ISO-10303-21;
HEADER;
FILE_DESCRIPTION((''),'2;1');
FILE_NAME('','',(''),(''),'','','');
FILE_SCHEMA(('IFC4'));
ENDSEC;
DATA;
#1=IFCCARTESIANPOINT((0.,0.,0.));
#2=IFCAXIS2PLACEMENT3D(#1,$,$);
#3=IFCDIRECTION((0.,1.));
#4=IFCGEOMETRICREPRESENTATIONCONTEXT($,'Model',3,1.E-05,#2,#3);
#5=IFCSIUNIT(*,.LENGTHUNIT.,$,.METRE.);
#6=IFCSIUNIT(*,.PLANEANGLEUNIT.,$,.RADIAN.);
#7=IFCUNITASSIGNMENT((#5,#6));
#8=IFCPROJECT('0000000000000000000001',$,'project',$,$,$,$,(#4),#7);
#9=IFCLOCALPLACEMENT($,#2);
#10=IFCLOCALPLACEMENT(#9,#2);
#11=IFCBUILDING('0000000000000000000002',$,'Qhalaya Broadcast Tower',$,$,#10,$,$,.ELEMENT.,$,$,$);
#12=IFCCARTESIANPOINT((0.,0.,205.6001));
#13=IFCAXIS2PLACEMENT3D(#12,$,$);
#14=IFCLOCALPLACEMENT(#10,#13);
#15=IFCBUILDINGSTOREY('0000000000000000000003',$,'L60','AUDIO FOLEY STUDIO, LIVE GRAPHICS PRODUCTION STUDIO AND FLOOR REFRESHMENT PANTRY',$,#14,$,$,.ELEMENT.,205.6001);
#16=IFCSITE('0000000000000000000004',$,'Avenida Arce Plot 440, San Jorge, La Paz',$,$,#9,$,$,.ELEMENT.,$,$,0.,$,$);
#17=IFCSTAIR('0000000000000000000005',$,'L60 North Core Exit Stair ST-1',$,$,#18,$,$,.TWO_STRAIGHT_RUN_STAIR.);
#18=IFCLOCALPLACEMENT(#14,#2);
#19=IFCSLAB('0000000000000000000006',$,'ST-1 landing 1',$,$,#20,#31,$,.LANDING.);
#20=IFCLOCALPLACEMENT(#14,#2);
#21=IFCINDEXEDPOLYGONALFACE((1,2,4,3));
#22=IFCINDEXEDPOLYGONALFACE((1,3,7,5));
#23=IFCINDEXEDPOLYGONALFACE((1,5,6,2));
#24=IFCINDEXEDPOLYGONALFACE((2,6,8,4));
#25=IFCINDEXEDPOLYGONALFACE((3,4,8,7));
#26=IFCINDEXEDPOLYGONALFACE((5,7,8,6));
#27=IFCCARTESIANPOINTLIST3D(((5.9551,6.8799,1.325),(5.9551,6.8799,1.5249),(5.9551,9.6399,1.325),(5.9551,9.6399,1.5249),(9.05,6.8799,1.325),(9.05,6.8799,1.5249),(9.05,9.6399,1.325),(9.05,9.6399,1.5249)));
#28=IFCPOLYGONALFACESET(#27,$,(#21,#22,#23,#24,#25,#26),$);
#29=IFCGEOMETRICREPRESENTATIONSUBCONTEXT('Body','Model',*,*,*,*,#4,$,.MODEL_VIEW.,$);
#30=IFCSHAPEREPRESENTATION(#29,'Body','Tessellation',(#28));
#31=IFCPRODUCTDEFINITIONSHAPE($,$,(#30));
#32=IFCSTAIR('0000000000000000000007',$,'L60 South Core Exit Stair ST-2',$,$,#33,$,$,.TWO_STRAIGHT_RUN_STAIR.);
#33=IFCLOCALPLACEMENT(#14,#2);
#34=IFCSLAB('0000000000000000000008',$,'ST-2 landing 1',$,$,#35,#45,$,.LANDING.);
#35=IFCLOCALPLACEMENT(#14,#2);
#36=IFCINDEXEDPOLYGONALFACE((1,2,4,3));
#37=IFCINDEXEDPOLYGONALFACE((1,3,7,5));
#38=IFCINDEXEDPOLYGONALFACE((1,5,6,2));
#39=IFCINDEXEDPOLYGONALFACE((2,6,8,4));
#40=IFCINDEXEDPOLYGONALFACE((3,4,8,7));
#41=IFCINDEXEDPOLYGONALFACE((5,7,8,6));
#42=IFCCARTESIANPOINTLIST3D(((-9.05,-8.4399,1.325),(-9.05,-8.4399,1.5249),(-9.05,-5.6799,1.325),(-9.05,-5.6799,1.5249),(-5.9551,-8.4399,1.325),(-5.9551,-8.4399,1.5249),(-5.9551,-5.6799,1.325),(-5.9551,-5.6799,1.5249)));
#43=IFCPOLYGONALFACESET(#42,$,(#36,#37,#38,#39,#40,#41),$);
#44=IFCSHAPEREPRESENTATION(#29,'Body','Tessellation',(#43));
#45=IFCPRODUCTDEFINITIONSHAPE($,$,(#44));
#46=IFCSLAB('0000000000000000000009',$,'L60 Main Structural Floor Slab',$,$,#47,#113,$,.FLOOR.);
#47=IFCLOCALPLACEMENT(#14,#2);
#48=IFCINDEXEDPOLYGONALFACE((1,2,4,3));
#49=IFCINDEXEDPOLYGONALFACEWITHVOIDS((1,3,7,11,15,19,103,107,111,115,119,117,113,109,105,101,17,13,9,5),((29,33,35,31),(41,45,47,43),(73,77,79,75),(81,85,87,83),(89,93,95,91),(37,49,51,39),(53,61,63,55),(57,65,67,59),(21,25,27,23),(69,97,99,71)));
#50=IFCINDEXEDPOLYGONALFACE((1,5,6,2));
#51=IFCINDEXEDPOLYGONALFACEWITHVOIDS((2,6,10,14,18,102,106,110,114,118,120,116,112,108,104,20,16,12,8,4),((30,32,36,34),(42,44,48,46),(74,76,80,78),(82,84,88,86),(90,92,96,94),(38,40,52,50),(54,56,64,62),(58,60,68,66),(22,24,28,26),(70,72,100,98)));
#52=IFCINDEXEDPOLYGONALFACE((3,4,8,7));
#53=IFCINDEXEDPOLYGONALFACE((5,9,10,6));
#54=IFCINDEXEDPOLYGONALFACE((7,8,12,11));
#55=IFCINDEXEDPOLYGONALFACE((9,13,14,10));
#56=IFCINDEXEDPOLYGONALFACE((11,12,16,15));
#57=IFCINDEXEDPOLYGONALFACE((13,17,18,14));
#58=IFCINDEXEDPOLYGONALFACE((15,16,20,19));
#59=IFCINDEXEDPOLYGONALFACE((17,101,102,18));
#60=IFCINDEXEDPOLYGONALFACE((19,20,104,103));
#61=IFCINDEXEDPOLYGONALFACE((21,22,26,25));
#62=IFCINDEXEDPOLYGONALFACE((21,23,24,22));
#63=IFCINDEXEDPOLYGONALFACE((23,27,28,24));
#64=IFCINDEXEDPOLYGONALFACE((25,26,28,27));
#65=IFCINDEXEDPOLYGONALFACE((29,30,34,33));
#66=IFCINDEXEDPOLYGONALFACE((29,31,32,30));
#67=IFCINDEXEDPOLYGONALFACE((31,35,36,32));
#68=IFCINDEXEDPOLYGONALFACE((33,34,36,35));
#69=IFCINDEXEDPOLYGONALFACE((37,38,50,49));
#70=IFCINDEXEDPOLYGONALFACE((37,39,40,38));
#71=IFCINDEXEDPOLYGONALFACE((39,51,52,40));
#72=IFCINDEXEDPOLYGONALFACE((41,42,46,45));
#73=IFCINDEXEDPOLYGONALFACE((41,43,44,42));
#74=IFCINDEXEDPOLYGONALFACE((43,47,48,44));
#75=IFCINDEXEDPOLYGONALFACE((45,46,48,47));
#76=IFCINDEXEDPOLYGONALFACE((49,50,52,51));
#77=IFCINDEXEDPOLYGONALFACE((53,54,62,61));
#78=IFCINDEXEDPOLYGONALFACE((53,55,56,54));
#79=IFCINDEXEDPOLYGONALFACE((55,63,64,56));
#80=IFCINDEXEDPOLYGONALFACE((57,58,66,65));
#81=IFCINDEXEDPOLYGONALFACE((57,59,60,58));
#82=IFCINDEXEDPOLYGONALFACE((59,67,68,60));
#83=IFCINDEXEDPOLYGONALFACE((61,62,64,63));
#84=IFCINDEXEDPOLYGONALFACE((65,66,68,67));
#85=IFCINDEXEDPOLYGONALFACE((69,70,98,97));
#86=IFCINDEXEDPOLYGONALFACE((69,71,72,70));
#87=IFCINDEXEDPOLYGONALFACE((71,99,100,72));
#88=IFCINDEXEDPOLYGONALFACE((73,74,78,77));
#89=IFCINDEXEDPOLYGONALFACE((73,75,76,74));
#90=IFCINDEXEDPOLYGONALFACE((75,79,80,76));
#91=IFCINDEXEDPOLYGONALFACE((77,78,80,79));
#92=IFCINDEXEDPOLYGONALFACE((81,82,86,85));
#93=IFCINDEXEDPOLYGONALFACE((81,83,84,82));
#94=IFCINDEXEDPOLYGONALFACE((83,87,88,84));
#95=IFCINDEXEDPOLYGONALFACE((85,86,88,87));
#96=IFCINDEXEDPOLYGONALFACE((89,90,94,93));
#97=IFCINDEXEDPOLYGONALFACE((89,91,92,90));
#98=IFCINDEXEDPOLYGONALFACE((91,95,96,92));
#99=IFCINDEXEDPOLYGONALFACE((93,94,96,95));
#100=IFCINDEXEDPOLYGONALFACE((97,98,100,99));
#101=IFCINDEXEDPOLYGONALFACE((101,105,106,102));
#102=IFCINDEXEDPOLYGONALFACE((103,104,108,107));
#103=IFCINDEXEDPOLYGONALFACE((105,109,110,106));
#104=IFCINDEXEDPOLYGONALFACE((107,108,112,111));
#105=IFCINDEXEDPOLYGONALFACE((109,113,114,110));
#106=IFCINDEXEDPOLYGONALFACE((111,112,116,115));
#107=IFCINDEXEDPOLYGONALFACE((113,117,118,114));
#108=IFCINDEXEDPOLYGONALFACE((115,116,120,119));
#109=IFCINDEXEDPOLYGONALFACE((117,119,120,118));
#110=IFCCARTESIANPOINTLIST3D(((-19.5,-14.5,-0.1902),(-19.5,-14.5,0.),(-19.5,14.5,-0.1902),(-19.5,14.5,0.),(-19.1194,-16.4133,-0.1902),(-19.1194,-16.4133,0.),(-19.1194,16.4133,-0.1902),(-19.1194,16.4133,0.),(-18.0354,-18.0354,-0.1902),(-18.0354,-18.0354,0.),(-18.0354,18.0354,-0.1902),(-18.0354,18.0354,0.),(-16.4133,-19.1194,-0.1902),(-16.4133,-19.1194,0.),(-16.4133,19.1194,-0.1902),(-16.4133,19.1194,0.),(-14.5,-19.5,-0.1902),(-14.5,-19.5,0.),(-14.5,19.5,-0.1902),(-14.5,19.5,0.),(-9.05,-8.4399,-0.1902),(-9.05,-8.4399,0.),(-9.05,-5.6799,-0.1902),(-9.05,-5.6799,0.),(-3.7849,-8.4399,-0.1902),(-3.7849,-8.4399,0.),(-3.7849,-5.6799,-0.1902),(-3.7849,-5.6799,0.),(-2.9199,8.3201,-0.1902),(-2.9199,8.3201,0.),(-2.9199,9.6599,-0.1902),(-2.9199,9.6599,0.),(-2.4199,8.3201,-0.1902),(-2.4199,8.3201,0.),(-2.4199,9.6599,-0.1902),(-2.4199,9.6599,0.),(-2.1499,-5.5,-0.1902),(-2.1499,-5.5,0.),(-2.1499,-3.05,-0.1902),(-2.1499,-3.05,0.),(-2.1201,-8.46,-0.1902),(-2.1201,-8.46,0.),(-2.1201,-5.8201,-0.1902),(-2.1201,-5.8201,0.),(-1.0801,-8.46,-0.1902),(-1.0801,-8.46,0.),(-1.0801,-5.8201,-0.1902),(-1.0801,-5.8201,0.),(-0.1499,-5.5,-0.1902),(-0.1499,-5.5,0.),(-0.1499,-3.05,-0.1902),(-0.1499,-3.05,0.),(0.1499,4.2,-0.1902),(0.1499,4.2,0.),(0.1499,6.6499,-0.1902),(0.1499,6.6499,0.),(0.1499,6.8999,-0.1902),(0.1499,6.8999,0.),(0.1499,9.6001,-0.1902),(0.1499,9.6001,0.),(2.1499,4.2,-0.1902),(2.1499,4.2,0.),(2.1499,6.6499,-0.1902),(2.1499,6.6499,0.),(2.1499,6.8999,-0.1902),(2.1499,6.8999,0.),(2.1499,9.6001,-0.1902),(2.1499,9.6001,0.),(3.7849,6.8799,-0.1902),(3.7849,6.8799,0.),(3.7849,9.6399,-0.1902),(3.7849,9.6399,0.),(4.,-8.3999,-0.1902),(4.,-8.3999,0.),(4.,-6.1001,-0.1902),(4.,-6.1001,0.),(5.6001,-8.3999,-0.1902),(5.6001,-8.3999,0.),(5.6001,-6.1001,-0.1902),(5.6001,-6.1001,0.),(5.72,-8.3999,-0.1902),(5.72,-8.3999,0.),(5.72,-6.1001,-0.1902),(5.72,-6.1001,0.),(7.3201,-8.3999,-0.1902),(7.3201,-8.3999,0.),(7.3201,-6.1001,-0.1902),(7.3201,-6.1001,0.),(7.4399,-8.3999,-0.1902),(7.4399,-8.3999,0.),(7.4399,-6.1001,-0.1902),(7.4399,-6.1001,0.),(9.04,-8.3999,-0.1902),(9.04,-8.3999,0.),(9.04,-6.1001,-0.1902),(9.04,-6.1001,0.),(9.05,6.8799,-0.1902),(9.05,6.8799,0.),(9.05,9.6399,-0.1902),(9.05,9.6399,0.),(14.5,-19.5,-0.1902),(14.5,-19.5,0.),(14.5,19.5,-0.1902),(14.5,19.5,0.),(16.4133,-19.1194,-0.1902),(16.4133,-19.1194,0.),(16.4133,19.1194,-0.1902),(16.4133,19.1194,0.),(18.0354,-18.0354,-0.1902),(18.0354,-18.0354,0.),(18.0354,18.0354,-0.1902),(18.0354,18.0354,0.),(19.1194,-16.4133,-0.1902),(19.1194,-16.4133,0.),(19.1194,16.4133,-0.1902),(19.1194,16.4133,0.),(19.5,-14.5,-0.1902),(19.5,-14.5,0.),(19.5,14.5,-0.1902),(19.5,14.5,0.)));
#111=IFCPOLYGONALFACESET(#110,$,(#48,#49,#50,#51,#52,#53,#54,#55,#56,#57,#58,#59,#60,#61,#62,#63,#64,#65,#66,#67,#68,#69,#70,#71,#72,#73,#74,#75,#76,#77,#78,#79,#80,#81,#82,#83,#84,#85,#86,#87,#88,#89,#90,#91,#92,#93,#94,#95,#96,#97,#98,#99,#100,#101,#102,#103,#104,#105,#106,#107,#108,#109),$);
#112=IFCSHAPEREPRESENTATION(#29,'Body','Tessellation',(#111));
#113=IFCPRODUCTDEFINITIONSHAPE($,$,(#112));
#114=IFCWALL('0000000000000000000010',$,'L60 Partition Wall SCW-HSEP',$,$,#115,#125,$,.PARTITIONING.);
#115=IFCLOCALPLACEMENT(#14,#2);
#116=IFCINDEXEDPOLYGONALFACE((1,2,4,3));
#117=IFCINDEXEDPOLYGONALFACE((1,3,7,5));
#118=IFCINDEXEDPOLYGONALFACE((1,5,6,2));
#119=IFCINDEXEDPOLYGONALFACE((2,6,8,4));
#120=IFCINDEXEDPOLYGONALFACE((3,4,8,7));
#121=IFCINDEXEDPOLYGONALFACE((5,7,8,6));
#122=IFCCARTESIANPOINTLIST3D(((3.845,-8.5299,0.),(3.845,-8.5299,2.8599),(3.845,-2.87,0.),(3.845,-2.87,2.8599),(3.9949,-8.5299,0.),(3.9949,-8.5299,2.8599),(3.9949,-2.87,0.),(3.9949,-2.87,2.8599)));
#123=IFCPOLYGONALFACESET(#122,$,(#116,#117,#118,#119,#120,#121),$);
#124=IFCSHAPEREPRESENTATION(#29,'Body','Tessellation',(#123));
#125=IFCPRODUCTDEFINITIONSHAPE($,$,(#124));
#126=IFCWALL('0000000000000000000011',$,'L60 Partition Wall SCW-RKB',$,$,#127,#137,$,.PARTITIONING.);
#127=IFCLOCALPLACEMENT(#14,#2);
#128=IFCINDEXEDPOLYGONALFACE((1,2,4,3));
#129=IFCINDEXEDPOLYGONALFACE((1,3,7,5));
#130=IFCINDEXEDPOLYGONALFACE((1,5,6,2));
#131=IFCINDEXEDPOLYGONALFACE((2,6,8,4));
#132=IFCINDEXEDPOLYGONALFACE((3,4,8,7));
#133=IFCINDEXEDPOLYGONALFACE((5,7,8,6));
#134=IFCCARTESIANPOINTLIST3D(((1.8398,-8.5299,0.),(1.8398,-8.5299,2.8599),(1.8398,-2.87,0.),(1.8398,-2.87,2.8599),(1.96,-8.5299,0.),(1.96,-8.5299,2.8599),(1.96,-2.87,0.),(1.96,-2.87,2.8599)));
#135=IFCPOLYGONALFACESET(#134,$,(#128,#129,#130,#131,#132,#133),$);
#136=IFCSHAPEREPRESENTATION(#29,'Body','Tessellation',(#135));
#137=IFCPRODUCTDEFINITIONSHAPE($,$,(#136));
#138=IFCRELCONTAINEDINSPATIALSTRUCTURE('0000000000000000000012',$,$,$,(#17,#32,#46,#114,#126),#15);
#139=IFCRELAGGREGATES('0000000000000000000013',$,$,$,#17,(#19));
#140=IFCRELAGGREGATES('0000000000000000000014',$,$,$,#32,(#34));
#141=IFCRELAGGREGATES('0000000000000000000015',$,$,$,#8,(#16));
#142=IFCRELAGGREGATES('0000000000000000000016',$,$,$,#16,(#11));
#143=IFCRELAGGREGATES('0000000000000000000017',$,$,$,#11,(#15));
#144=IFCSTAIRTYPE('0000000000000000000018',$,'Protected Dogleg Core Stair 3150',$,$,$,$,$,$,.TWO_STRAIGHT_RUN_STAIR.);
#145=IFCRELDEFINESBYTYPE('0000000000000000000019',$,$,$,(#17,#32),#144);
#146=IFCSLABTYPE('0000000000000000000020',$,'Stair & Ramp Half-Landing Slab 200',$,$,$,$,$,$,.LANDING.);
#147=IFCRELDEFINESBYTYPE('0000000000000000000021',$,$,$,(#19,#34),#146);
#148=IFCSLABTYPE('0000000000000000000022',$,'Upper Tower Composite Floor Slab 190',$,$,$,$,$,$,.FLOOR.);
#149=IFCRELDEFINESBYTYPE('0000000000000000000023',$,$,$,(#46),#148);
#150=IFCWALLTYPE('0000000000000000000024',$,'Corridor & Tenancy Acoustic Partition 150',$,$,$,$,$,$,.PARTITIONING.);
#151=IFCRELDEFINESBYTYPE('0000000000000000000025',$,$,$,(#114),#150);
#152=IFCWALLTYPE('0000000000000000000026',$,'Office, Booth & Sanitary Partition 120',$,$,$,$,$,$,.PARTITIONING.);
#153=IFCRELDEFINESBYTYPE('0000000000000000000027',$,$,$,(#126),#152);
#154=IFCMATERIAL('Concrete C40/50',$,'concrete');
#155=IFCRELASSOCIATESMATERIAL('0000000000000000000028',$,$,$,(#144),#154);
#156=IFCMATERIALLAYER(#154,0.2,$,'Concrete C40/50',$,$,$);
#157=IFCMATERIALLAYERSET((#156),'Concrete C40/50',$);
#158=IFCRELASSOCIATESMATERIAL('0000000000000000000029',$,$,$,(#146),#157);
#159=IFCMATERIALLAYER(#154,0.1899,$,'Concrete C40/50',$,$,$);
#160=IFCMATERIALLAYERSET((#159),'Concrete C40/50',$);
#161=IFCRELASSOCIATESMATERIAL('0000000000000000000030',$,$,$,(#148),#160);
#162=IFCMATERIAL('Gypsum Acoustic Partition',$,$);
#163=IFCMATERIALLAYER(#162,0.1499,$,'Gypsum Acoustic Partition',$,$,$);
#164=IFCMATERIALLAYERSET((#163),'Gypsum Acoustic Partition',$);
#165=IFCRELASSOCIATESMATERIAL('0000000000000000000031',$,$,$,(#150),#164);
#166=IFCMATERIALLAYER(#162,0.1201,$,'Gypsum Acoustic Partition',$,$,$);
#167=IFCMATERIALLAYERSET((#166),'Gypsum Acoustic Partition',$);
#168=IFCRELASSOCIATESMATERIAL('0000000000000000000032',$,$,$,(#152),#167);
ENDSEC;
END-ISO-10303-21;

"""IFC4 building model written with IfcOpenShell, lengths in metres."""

from ifc_helpers import new_model, si_unit, direction, frame, frame_2d, origin, place, context, subcontext, project, spatial, polyline, rectangle, outline, extrude, material, layer, layer_set, type_object, element, aggregate, save


model = new_model("IFC4")

# Units and contexts
model_context = context("Model", 3, precision=1e-05, world=origin(), true_north=direction((0.0, 1.0)))
body_context = subcontext(model_context, "Body", "Model", "MODEL_VIEW")
ifc_project = project(units=[si_unit("LENGTHUNIT", "METRE"), si_unit("PLANEANGLEUNIT", "RADIAN")], contexts=[model_context])

# Site, building, storey
site_placement = place(None, origin())
site = spatial("IfcSite", under=ifc_project, at=site_placement, Name="Avenida Arce Plot 440, San Jorge, La Paz", CompositionType="ELEMENT", RefElevation=0.0)
building_placement = place(site_placement, origin())
building = spatial("IfcBuilding", under=site, at=building_placement, Name="Qhalaya Broadcast Tower", CompositionType="ELEMENT")
storey_placement = place(building_placement, frame((0.0, 0.0, 205.6001)))
storey = spatial("IfcBuildingStorey", under=building, at=storey_placement, Name="L60", Description="AUDIO FOLEY STUDIO, LIVE GRAPHICS PRODUCTION STUDIO AND FLOOR REFRESHMENT PANTRY", CompositionType="ELEMENT", Elevation=205.6001)

# Stairs, slabs
ifc_material_1 = material(Name="Concrete C40/50", Category="concrete")
stair_type = type_object("IfcStairType", Name="Protected Dogleg Core Stair 3150", PredefinedType="TWO_STRAIGHT_RUN_STAIR", material=ifc_material_1)
stair_1_placement = place(storey_placement, origin())
stair_1 = element("IfcStair", 1, at=stair_1_placement, inside=storey, type_object=stair_type, Name="L60 North Core Exit Stair ST-1", PredefinedType="TWO_STRAIGHT_RUN_STAIR")
ifc_layer_1 = layer(ifc_material_1, 0.2, Name="Concrete C40/50")
ifc_layer_set_1 = layer_set([ifc_layer_1], Name="Concrete C40/50")
slab_type_1 = type_object("IfcSlabType", Name="Stair & Ramp Half-Landing Slab 200", PredefinedType="LANDING", material=ifc_layer_set_1)
slab_1_placement = place(storey_placement, frame((0.0, 0.0, 1.325)))
slab_1 = element("IfcSlab", 2, at=slab_1_placement, type_object=slab_type_1, Name="ST-1 landing 1", PredefinedType="LANDING", context=body_context, shape_type="SweptSolid", body=[
    extrude(outline(polyline([(5.9551, 6.8799), (9.05, 6.8799), (9.05, 9.6399), (5.9551, 9.6399), (5.9551, 6.8799)])), origin(), (0.0, 0.0, 1.0), 0.2),
])
aggregate(stair_1, [slab_1])
stair_2_placement = place(storey_placement, origin())
stair_2 = element("IfcStair", 3, at=stair_2_placement, inside=storey, type_object=stair_type, Name="L60 South Core Exit Stair ST-2", PredefinedType="TWO_STRAIGHT_RUN_STAIR")
slab_2_placement = place(storey_placement, frame((0.0, 0.0, 1.325)))
slab_2 = element("IfcSlab", 4, at=slab_2_placement, type_object=slab_type_1, Name="ST-2 landing 1", PredefinedType="LANDING", context=body_context, shape_type="SweptSolid", body=[
    extrude(outline(polyline([(-5.9551, -5.6799), (-9.05, -5.6799), (-9.05, -8.4399), (-5.9551, -8.4399), (-5.9551, -5.6799)])), origin(), (0.0, 0.0, 1.0), 0.2),
])
aggregate(stair_2, [slab_2])

# Slab
ifc_layer_2 = layer(ifc_material_1, 0.1899, Name="Concrete C40/50")
ifc_layer_set_2 = layer_set([ifc_layer_2], Name="Concrete C40/50")
slab_type_2 = type_object("IfcSlabType", Name="Upper Tower Composite Floor Slab 190", PredefinedType="FLOOR", material=ifc_layer_set_2)
slab_3_placement = place(storey_placement, frame((0.0, 0.0, -0.1902)))
element("IfcSlab", 5, at=slab_3_placement, inside=storey, type_object=slab_type_2, Name="L60 Main Structural Floor Slab", PredefinedType="FLOOR", context=body_context, shape_type="SweptSolid", body=[
    extrude(outline(polyline([(14.5, -19.5), (16.4133, -19.1194), (18.0354, -18.0354), (19.1194, -16.4133), (19.5, -14.5), (19.5, 14.5), (19.1194, 16.4133), (18.0354, 18.0354), (16.4133, 19.1194), (14.5, 19.5), (-14.5, 19.5), (-16.4133, 19.1194), (-18.0354, 18.0354), (-19.1194, 16.4133), (-19.5, 14.5), (-19.5, -14.5), (-19.1194, -16.4133), (-18.0354, -18.0354), (-16.4133, -19.1194), (-14.5, -19.5), (14.5, -19.5)]), holes=[polyline([(3.7849, 9.6399), (9.05, 9.6399), (9.05, 6.8799), (3.7849, 6.8799), (3.7849, 9.6399)]), polyline([(-3.7849, -8.4399), (-9.05, -8.4399), (-9.05, -5.6799), (-3.7849, -5.6799), (-3.7849, -8.4399)]), polyline([(0.1499, 6.6499), (2.1499, 6.6499), (2.1499, 4.2), (0.1499, 4.2), (0.1499, 6.6499)]), polyline([(0.1499, 9.6001), (2.1499, 9.6001), (2.1499, 6.8999), (0.1499, 6.8999), (0.1499, 9.6001)]), polyline([(-2.1499, -3.05), (-0.1499, -3.05), (-0.1499, -5.5), (-2.1499, -5.5), (-2.1499, -3.05)]), polyline([(4.0, -6.1001), (5.6001, -6.1001), (5.6001, -8.3999), (4.0, -8.3999), (4.0, -6.1001)]), polyline([(5.72, -6.1001), (7.3201, -6.1001), (7.3201, -8.3999), (5.72, -8.3999), (5.72, -6.1001)]), polyline([(7.4399, -6.1001), (9.04, -6.1001), (9.04, -8.3999), (7.4399, -8.3999), (7.4399, -6.1001)]), polyline([(-2.9199, 9.6599), (-2.4199, 9.6599), (-2.4199, 8.3201), (-2.9199, 8.3201), (-2.9199, 9.6599)]), polyline([(-2.1201, -5.8201), (-1.0801, -5.8201), (-1.0801, -8.46), (-2.1201, -8.46), (-2.1201, -5.8201)])]), origin(), (0.0, 0.0, 1.0), 0.1902),
])

# Walls
ifc_material_2 = material(Name="Gypsum Acoustic Partition")
ifc_layer_3 = layer(ifc_material_2, 0.1499, Name="Gypsum Acoustic Partition")
ifc_layer_set_3 = layer_set([ifc_layer_3], Name="Gypsum Acoustic Partition")
wall_type_1 = type_object("IfcWallType", Name="Corridor & Tenancy Acoustic Partition 150", PredefinedType="PARTITIONING", material=ifc_layer_set_3)
wall_1_placement = place(storey_placement, frame((3.9199, -8.53, 0.0), z_axis=(0.0, 0.0, 1.0), x_axis=(0.0, 1.0, 0.0)))
element("IfcWall", 6, at=wall_1_placement, inside=storey, type_object=wall_type_1, Name="L60 Partition Wall SCW-HSEP", PredefinedType="PARTITIONING", context=body_context, shape_type="SweptSolid", body=[
    extrude(rectangle(XDim=5.6599, YDim=0.1499, at=frame_2d((2.8301, 0.0))), origin(), (0.0, 0.0, 1.0), 2.8599),
])
ifc_layer_4 = layer(ifc_material_2, 0.1201, Name="Gypsum Acoustic Partition")
ifc_layer_set_4 = layer_set([ifc_layer_4], Name="Gypsum Acoustic Partition")
wall_type_2 = type_object("IfcWallType", Name="Office, Booth & Sanitary Partition 120", PredefinedType="PARTITIONING", material=ifc_layer_set_4)
wall_2_placement = place(storey_placement, frame((1.8999, -8.53, 0.0), z_axis=(0.0, 0.0, 1.0), x_axis=(0.0, 1.0, 0.0)))
element("IfcWall", 7, at=wall_2_placement, inside=storey, type_object=wall_type_2, Name="L60 Partition Wall SCW-RKB", PredefinedType="PARTITIONING", context=body_context, shape_type="SweptSolid", body=[
    extrude(rectangle(XDim=5.6599, YDim=0.1201, at=frame_2d((2.8301, 0.0))), origin(), (0.0, 0.0, 1.0), 2.8599),
])

save(model, "model.ifc")
